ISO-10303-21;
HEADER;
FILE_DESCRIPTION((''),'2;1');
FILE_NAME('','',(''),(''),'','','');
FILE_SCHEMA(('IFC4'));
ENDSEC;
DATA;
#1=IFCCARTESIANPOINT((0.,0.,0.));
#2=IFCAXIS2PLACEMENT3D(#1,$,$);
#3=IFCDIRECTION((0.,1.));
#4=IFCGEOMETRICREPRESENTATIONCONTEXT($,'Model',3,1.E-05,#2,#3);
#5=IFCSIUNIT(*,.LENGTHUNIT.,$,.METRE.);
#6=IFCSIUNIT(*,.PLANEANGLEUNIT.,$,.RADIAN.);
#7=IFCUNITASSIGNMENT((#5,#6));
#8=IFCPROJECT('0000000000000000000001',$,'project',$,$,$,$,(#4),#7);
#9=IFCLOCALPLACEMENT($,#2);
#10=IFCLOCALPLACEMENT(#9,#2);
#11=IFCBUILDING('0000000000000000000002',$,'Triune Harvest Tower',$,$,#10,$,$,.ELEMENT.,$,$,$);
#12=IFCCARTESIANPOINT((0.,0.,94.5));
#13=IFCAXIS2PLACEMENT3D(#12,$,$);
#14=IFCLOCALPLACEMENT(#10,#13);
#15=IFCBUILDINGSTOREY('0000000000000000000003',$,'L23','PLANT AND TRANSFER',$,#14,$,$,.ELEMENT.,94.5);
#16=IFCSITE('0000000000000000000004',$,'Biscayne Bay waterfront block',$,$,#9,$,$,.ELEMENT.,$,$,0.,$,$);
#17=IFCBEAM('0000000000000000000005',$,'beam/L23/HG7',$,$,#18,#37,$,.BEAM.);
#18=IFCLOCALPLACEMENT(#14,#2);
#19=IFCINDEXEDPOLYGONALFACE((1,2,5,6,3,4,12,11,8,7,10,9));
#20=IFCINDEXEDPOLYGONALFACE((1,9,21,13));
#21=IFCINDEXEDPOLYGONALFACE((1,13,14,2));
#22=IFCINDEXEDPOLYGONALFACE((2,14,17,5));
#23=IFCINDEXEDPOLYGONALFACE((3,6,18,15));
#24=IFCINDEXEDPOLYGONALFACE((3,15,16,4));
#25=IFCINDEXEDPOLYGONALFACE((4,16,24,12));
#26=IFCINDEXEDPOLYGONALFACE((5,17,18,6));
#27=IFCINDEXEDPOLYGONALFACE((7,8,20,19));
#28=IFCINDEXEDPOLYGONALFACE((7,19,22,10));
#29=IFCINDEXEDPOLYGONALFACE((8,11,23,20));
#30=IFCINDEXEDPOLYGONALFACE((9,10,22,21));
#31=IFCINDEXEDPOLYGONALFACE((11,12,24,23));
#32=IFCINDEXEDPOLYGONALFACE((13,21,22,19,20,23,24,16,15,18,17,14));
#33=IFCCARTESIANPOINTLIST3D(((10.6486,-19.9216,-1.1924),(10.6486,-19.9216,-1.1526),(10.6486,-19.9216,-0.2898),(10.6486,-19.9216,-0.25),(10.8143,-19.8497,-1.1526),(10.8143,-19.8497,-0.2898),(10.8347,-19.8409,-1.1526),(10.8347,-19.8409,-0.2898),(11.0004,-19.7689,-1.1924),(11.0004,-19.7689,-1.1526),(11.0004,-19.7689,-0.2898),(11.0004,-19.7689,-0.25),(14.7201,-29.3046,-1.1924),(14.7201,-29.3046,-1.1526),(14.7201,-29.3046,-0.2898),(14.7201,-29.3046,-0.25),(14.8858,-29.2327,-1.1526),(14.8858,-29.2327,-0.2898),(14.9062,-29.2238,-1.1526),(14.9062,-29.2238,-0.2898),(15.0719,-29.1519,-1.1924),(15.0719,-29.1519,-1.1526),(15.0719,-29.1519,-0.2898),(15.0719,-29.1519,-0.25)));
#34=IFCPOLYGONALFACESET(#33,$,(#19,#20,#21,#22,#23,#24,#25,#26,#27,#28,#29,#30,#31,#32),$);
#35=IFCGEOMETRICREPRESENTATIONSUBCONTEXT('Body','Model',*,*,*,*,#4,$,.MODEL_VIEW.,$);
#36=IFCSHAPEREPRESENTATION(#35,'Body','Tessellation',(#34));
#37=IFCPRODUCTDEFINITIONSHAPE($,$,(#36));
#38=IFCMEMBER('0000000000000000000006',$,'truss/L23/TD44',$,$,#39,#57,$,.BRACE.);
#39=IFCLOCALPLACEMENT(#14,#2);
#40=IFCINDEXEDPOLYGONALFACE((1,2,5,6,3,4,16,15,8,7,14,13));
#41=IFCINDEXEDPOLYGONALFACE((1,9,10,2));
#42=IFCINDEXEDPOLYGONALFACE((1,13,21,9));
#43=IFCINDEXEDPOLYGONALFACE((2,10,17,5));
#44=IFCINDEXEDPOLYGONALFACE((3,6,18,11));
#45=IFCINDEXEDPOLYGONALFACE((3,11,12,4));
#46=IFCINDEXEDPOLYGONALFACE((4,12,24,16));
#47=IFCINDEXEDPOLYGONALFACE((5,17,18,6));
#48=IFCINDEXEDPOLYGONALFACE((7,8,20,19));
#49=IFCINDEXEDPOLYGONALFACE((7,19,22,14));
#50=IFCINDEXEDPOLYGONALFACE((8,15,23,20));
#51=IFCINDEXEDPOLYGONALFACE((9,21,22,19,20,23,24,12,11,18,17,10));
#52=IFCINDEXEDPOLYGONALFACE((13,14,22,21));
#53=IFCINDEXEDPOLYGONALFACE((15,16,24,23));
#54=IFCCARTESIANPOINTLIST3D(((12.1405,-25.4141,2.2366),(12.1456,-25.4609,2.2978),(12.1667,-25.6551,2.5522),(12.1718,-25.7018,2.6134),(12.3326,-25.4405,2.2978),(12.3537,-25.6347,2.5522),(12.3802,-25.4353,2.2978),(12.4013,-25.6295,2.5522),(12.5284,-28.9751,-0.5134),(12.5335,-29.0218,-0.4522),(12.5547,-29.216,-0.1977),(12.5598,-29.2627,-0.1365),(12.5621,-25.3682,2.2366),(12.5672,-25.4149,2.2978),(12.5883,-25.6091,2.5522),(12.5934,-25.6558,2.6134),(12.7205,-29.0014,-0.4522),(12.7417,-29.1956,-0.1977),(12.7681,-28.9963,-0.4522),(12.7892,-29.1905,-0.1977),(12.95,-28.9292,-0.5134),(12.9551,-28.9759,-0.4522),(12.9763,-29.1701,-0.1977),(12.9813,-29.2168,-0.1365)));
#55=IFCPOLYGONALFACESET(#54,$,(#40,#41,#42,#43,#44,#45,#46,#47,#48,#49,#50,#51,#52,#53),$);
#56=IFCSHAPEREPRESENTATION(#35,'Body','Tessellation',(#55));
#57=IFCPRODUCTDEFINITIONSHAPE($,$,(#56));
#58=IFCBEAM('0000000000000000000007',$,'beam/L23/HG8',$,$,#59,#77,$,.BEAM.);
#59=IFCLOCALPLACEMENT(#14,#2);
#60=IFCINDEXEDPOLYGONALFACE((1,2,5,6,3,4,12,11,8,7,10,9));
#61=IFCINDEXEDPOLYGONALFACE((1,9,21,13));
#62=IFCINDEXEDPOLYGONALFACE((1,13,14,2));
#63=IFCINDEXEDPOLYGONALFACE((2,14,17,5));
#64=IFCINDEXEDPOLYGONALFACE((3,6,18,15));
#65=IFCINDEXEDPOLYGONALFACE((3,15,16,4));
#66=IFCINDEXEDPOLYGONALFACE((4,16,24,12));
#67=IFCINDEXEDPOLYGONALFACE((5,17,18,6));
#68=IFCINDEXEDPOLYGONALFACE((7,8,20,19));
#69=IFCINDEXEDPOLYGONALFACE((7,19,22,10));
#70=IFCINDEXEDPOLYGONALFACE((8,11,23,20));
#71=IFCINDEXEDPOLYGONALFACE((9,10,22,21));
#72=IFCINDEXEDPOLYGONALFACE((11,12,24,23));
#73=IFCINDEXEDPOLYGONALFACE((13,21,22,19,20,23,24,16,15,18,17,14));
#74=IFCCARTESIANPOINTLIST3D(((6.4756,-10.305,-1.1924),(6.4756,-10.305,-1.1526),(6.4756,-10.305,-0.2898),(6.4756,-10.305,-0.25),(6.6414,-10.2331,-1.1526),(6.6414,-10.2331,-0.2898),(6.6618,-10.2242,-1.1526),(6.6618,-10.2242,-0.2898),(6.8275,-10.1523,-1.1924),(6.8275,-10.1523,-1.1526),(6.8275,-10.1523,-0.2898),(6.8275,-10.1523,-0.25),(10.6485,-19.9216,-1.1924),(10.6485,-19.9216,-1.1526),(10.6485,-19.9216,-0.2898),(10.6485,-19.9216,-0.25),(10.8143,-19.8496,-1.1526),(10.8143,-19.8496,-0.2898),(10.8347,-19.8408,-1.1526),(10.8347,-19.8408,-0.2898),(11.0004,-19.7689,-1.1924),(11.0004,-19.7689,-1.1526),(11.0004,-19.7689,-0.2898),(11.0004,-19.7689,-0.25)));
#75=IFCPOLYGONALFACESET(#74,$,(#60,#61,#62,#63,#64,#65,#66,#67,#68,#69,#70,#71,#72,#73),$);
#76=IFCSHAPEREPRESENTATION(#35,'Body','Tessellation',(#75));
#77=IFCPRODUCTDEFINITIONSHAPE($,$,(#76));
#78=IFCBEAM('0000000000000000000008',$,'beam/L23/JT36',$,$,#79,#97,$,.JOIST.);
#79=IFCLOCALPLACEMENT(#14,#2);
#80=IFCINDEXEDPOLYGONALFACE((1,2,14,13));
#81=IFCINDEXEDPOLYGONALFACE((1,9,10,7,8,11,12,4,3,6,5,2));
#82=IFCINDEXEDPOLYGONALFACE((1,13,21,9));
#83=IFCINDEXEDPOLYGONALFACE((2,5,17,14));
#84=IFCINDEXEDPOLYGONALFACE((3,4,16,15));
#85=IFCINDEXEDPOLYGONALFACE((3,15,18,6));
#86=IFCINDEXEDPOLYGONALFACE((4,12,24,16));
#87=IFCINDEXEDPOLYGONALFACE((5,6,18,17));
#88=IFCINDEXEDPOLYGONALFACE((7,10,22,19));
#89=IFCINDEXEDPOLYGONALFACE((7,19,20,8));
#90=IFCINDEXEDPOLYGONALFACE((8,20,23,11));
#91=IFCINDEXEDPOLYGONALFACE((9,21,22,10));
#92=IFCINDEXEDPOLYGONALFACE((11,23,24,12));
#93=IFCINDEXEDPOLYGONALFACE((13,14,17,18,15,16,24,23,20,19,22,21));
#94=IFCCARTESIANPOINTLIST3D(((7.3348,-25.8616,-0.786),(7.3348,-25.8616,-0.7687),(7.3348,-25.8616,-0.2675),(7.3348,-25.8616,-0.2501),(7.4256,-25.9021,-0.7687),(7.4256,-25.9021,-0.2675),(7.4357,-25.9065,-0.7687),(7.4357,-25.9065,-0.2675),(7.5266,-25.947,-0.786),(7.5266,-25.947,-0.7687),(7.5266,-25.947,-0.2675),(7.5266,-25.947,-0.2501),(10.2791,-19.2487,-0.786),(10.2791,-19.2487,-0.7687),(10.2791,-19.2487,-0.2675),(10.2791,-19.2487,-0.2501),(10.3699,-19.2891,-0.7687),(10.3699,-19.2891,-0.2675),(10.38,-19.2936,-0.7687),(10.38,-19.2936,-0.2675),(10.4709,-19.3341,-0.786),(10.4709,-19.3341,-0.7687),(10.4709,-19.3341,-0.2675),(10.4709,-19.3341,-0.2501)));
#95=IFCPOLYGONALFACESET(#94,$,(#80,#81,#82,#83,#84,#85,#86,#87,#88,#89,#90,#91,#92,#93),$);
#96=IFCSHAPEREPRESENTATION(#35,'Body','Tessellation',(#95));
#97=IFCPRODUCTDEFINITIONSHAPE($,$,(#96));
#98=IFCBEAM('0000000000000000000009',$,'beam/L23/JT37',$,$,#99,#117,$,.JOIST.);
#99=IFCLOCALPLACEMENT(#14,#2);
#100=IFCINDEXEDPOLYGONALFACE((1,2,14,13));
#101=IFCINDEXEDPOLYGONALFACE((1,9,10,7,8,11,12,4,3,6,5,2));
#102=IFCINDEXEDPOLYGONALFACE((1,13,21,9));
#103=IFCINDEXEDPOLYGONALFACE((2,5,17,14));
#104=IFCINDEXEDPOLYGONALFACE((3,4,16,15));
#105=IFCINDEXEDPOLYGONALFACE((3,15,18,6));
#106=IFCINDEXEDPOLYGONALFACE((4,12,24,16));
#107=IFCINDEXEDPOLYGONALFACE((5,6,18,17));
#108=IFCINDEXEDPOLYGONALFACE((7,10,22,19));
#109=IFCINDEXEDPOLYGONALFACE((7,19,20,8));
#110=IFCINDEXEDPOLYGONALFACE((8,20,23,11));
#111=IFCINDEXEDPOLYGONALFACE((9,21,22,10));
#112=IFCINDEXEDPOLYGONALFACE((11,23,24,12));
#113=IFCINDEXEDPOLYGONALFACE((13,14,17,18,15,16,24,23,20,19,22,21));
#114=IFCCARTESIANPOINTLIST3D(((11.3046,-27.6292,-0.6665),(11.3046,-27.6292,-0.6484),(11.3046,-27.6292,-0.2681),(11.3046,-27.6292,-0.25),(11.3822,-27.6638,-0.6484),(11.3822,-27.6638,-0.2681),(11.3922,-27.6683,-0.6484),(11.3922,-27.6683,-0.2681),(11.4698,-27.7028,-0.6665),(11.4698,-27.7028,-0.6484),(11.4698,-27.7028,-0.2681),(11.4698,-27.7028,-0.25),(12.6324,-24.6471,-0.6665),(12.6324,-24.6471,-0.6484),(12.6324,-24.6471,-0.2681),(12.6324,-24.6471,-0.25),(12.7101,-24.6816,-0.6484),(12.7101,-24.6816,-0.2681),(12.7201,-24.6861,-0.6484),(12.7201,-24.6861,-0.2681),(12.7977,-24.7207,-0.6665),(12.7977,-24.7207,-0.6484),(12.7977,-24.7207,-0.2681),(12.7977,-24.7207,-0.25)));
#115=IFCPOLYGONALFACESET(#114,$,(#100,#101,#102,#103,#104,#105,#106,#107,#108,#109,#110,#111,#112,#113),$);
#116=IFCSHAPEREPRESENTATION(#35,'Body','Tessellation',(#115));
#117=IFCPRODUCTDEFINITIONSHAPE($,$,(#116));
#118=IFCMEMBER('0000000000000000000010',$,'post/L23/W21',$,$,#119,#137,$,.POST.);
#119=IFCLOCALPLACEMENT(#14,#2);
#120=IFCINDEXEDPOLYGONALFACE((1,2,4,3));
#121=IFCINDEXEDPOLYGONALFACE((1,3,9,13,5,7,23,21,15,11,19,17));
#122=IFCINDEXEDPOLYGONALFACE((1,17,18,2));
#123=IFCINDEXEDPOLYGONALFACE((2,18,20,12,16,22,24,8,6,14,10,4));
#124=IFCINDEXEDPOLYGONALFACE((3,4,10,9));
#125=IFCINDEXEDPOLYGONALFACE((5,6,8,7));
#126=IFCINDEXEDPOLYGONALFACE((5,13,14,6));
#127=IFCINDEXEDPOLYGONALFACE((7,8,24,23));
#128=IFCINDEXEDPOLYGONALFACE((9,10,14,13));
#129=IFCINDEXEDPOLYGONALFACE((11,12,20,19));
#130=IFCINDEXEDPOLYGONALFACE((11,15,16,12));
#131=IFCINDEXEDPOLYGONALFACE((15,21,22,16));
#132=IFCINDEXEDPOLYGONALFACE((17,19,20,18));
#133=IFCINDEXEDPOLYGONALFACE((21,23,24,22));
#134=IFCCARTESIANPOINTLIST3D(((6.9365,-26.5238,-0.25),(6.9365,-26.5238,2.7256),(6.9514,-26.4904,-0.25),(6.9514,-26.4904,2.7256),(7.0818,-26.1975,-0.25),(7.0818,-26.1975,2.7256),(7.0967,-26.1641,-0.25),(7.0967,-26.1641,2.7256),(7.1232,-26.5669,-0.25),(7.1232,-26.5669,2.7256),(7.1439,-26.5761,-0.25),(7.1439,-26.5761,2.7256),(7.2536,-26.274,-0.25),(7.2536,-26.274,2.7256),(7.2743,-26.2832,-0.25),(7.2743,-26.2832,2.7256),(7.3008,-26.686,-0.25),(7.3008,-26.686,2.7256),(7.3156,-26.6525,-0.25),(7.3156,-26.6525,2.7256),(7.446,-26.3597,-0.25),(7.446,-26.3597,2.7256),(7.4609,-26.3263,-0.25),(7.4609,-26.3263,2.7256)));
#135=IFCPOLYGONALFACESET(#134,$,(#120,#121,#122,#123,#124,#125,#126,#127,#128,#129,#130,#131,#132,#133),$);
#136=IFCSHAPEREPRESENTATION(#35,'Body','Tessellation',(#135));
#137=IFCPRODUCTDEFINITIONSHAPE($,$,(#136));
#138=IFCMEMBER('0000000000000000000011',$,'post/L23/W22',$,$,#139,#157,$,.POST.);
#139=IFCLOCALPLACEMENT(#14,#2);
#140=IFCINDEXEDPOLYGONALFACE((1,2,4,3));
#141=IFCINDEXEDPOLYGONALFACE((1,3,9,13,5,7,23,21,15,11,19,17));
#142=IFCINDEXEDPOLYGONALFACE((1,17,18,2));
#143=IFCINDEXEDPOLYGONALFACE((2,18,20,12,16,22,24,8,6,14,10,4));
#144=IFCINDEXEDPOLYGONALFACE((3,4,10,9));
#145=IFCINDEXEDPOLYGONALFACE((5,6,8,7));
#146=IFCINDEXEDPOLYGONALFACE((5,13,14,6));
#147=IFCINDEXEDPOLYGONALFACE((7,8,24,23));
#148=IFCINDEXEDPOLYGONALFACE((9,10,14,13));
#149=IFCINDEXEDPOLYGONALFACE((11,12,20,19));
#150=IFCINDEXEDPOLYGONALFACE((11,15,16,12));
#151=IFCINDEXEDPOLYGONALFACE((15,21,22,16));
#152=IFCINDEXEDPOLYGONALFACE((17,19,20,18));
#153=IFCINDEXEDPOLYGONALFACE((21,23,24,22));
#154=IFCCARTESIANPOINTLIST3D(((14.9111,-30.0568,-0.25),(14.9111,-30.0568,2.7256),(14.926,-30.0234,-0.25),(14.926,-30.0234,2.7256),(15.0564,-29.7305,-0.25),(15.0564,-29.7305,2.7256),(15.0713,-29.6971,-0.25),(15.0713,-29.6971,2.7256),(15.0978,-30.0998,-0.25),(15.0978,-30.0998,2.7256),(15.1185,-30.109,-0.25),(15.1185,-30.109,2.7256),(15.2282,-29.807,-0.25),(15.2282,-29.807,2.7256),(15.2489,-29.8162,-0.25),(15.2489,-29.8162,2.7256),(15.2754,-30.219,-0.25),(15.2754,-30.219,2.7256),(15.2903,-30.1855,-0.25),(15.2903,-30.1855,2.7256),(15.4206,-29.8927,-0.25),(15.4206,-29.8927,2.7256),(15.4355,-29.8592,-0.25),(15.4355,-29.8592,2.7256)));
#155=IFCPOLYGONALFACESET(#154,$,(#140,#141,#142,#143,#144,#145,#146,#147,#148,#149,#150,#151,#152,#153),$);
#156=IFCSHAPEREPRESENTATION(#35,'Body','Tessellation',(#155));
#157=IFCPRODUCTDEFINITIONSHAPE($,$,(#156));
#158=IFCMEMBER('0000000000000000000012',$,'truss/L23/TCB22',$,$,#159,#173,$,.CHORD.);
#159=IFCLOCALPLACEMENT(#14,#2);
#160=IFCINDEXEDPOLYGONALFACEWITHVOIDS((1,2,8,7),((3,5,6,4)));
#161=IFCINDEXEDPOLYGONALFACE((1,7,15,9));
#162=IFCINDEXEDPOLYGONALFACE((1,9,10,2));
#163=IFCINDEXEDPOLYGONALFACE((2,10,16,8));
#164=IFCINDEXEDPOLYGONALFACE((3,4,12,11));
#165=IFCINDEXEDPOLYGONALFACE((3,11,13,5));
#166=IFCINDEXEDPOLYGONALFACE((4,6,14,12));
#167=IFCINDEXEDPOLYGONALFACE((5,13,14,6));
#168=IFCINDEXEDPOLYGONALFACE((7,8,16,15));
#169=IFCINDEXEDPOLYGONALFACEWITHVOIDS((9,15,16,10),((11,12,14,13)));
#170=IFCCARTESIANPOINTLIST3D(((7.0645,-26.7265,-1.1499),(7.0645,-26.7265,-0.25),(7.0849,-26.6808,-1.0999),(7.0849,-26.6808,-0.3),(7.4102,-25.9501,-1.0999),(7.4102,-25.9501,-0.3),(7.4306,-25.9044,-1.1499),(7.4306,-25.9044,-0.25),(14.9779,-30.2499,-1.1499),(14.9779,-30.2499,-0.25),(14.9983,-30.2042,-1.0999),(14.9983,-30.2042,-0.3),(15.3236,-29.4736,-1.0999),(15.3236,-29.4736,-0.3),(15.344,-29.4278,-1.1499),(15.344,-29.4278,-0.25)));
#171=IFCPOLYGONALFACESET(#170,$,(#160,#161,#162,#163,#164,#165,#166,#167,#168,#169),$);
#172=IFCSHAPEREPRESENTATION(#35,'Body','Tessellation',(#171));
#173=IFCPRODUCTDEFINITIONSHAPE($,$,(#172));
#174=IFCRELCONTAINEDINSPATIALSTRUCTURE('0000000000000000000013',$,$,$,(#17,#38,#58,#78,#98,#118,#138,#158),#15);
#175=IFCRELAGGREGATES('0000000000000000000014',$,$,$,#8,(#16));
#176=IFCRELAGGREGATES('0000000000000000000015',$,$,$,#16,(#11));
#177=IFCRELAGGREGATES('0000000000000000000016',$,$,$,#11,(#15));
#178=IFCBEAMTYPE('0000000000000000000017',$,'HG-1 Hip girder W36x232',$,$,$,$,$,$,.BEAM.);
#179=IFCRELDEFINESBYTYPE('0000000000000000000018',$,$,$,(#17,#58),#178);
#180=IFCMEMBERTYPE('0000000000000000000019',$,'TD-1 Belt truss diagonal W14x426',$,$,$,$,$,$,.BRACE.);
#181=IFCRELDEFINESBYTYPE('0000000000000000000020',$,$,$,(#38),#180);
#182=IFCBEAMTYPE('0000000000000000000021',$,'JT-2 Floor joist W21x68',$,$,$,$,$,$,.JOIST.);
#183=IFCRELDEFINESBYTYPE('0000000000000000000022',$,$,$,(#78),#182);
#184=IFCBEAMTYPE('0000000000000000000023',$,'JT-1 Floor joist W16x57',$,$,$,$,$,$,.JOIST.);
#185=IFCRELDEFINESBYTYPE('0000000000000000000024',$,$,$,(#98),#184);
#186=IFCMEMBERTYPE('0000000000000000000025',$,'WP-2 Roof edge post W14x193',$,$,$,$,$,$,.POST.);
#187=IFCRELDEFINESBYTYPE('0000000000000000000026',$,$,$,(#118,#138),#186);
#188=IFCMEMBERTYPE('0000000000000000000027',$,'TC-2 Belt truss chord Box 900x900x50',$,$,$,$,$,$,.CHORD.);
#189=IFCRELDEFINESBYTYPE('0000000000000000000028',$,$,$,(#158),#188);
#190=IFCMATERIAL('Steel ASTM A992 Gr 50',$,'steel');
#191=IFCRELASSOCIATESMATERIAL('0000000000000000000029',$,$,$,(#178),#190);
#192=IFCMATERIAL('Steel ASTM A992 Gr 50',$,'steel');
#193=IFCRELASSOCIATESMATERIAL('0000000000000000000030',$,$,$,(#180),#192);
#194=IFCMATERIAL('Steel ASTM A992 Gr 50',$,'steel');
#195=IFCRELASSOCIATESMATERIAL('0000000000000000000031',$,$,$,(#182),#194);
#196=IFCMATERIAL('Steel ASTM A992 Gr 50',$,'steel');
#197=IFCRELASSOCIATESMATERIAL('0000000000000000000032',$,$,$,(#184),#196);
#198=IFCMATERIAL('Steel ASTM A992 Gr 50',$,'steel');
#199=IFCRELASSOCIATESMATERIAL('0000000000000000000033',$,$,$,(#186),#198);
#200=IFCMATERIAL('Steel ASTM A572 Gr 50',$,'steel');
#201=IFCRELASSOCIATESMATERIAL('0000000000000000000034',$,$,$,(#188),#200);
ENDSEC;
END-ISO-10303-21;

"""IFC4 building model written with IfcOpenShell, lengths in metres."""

from ifc_helpers import new_model, si_unit, direction, frame, origin, origin_2d, place, context, subcontext, project, spatial, hollow_rectangle, i_section, extrude, source, transform, mapped, material, material_profile, profile_set, type_object, element, save


model = new_model("IFC4")

# Units and contexts
model_context = context("Model", 3, precision=1e-05, world=origin(), true_north=direction((0.0, 1.0)))
body_context = subcontext(model_context, "Body", "Model", "MODEL_VIEW")
ifc_project = project(units=[si_unit("LENGTHUNIT", "METRE"), si_unit("PLANEANGLEUNIT", "RADIAN")], contexts=[model_context])

# Site, building, storey
site_placement = place(None, origin())
site = spatial("IfcSite", under=ifc_project, at=site_placement, Name="Biscayne Bay waterfront block", CompositionType="ELEMENT", RefElevation=0.0)
building_placement = place(site_placement, origin())
building = spatial("IfcBuilding", under=site, at=building_placement, Name="Triune Harvest Tower", CompositionType="ELEMENT")
storey_placement = place(building_placement, frame((0.0, 0.0, 94.5)))
storey = spatial("IfcBuildingStorey", under=building, at=storey_placement, Name="L23", Description="PLANT AND TRANSFER", CompositionType="ELEMENT", Elevation=94.5)

# Beam
ifc_material_1 = material(Name="Steel ASTM A992 Gr 50", Category="steel")
ifc_material_profile_1 = material_profile(ifc_material_1, i_section(OverallWidth=0.3835, OverallDepth=0.9424, WebThickness=0.0222, FlangeThickness=0.0398, at=origin_2d()), Name="W36x232")
ifc_profile_set_1 = profile_set([ifc_material_profile_1], Name="Steel ASTM A992 Gr 50")
beam_type_1 = type_object("IfcBeamType", Name="HG-1 Hip girder W36x232", PredefinedType="BEAM", material=ifc_profile_set_1)
beam_1_placement = place(storey_placement, frame((14.896, -29.2283, -0.7212), z_axis=(-0.398064, 0.917358, 0.0), x_axis=(-0.917358, -0.398064, 0.0)))
element("IfcBeam", 1, at=beam_1_placement, inside=storey, type_object=beam_type_1, Name="beam/L23/HG7", PredefinedType="BEAM", context=body_context, shape_type="SweptSolid", body=[
    extrude(i_section(OverallWidth=0.3835, OverallDepth=0.9424, WebThickness=0.0222, FlangeThickness=0.0398, at=origin_2d()), origin(), (0.0, 0.0, 1.0), 10.2283),
])

# Member
ifc_material_2 = material(Name="Steel ASTM A992 Gr 50", Category="steel")
ifc_material_profile_2 = material_profile(ifc_material_2, i_section(OverallWidth=0.4241, OverallDepth=0.4751, WebThickness=0.0479, FlangeThickness=0.0771, at=origin_2d()), Name="W14x426")
ifc_profile_set_2 = profile_set([ifc_material_profile_2], Name="Steel ASTM A992 Gr 50")
member_type_1 = type_object("IfcMemberType", Name="TD-1 Belt truss diagonal W14x426", PredefinedType="BRACE", material=ifc_profile_set_2)
member_1_placement = place(storey_placement, frame((12.7549, -29.0959, -0.325), z_axis=(-0.085904, 0.788543, 0.60895), x_axis=(-0.994118, -0.108299, 0.0)))
element("IfcMember", 2, at=member_1_placement, inside=storey, type_object=member_type_1, Name="truss/L23/TD44", PredefinedType="BRACE", context=body_context, shape_type="SweptSolid", body=[
    extrude(i_section(OverallWidth=0.4241, OverallDepth=0.4751, WebThickness=0.0479, FlangeThickness=0.0771, at=origin_2d()), origin(), (0.0, 0.0, 1.0), 4.5159),
])

# Beams
shared_shape_1 = source(origin(), body_context, "Body", "SweptSolid", [
    extrude(i_section(OverallWidth=0.3835, OverallDepth=0.9424, WebThickness=0.0222, FlangeThickness=0.0398, at=origin_2d()), origin(), (0.0, 0.0, 1.0), 10.4829),
])
beam_2_placement = place(storey_placement, frame((10.8245, -19.8452, -0.7212), z_axis=(-0.398067, 0.917356, 0.0), x_axis=(-0.917356, -0.398067, 0.0)))
element("IfcBeam", 3, at=beam_2_placement, inside=storey, type_object=beam_type_1, Name="beam/L23/HG8", PredefinedType="BEAM", context=body_context, shape_type="MappedRepresentation", body=[
    mapped(shared_shape_1, transform((0.0, 0.0, 0.0), scale=1.0)),
])
ifc_material_3 = material(Name="Steel ASTM A992 Gr 50", Category="steel")
ifc_material_profile_3 = material_profile(ifc_material_3, i_section(OverallWidth=0.21, OverallDepth=0.5359, WebThickness=0.011, FlangeThickness=0.0173, at=origin_2d()), Name="W21x68")
ifc_profile_set_3 = profile_set([ifc_material_profile_3], Name="Steel ASTM A992 Gr 50")
beam_type_2 = type_object("IfcBeamType", Name="JT-2 Floor joist W21x68", PredefinedType="JOIST", material=ifc_profile_set_3)
shared_shape_2 = source(origin(), body_context, "Body", "SweptSolid", [
    extrude(i_section(OverallWidth=0.21, OverallDepth=0.5359, WebThickness=0.011, FlangeThickness=0.0173, at=origin_2d()), origin(), (0.0, 0.0, 1.0), 7.2388),
])
beam_3_placement = place(storey_placement, frame((7.4307, -25.9043, -0.5181), z_axis=(0.406739, 0.913544, 0.0), x_axis=(-0.913544, 0.406739, 0.0)))
element("IfcBeam", 4, at=beam_3_placement, inside=storey, type_object=beam_type_2, Name="beam/L23/JT36", PredefinedType="JOIST", context=body_context, shape_type="MappedRepresentation", body=[
    mapped(shared_shape_2, transform((0.0, 0.0, 0.0), scale=1.0)),
])
ifc_material_4 = material(Name="Steel ASTM A992 Gr 50", Category="steel")
ifc_material_profile_4 = material_profile(ifc_material_4, i_section(OverallWidth=0.1809, OverallDepth=0.4165, WebThickness=0.011, FlangeThickness=0.0181, at=origin_2d()), Name="W16x57")
ifc_profile_set_4 = profile_set([ifc_material_profile_4], Name="Steel ASTM A992 Gr 50")
beam_type_3 = type_object("IfcBeamType", Name="JT-1 Floor joist W16x57", PredefinedType="JOIST", material=ifc_profile_set_4)
shared_shape_3 = source(origin(), body_context, "Body", "SweptSolid", [
    extrude(i_section(OverallWidth=0.1809, OverallDepth=0.4165, WebThickness=0.011, FlangeThickness=0.0181, at=origin_2d()), origin(), (0.0, 0.0, 1.0), 3.2644),
])
beam_4_placement = place(storey_placement, frame((11.3872, -27.666, -0.4583), z_axis=(0.40677, 0.913531, 0.0), x_axis=(-0.913531, 0.40677, 0.0)))
element("IfcBeam", 5, at=beam_4_placement, inside=storey, type_object=beam_type_3, Name="beam/L23/JT37", PredefinedType="JOIST", context=body_context, shape_type="MappedRepresentation", body=[
    mapped(shared_shape_3, transform((0.0, 0.0, 0.0), scale=1.0)),
])

# Members
ifc_material_5 = material(Name="Steel ASTM A992 Gr 50", Category="steel")
ifc_material_profile_5 = material_profile(ifc_material_5, i_section(OverallWidth=0.3987, OverallDepth=0.3938, WebThickness=0.0227, FlangeThickness=0.0366, at=origin_2d()), Name="W14x193")
ifc_profile_set_5 = profile_set([ifc_material_profile_5], Name="Steel ASTM A992 Gr 50")
member_type_2 = type_object("IfcMemberType", Name="WP-2 Roof edge post W14x193", PredefinedType="POST", material=ifc_profile_set_5)
shared_shape_4 = source(origin(), body_context, "Body", "SweptSolid", [
    extrude(i_section(OverallWidth=0.3987, OverallDepth=0.3938, WebThickness=0.0227, FlangeThickness=0.0366, at=origin_2d()), origin(), (0.0, 0.0, 1.0), 2.9756),
])
for number, where, z_axis, x_axis, name in (
    (6, (7.1987, -26.425, -0.25), (0.0, 0.0, 1.0), (0.913545, -0.406737, 0.0), "post/L23/W21"),
    (7, (15.1733, -29.958, -0.25), (0.0, 0.0, 1.0), (0.913545, -0.406737, 0.0), "post/L23/W22"),
):
    element("IfcMember", number, at=place(storey_placement, frame(where, z_axis=z_axis, x_axis=x_axis)), inside=storey, type_object=member_type_2, Name=name, PredefinedType="POST", context=body_context, shape_type="MappedRepresentation", body=[
        mapped(shared_shape_4, transform((0.0, 0.0, 0.0), scale=1.0)),
    ])
ifc_material_6 = material(Name="Steel ASTM A572 Gr 50", Category="steel")
ifc_material_profile_6 = material_profile(ifc_material_6, hollow_rectangle(XDim=0.8999, YDim=0.8999, WallThickness=0.05, at=origin_2d()), Name="Box 900x900x50")
ifc_profile_set_6 = profile_set([ifc_material_profile_6], Name="Steel ASTM A572 Gr 50")
member_type_3 = type_object("IfcMemberType", Name="TC-2 Belt truss chord Box 900x900x50", PredefinedType="CHORD", material=ifc_profile_set_6)
shared_shape_5 = source(origin(), body_context, "Body", "SweptSolid", [
    extrude(hollow_rectangle(XDim=0.8999, YDim=0.8999, WallThickness=0.05, at=origin_2d()), origin(), (0.0, 0.0, 1.0), 8.6624),
])
member_2_placement = place(storey_placement, frame((7.2476, -26.3154, -0.7), z_axis=(0.913537, -0.406756, 0.0), x_axis=(0.406756, 0.913537, 0.0)))
element("IfcMember", 8, at=member_2_placement, inside=storey, type_object=member_type_3, Name="truss/L23/TCB22", PredefinedType="CHORD", context=body_context, shape_type="MappedRepresentation", body=[
    mapped(shared_shape_5, transform((0.0, 0.0, 0.0), scale=1.0)),
])

save(model, "model.ifc")
